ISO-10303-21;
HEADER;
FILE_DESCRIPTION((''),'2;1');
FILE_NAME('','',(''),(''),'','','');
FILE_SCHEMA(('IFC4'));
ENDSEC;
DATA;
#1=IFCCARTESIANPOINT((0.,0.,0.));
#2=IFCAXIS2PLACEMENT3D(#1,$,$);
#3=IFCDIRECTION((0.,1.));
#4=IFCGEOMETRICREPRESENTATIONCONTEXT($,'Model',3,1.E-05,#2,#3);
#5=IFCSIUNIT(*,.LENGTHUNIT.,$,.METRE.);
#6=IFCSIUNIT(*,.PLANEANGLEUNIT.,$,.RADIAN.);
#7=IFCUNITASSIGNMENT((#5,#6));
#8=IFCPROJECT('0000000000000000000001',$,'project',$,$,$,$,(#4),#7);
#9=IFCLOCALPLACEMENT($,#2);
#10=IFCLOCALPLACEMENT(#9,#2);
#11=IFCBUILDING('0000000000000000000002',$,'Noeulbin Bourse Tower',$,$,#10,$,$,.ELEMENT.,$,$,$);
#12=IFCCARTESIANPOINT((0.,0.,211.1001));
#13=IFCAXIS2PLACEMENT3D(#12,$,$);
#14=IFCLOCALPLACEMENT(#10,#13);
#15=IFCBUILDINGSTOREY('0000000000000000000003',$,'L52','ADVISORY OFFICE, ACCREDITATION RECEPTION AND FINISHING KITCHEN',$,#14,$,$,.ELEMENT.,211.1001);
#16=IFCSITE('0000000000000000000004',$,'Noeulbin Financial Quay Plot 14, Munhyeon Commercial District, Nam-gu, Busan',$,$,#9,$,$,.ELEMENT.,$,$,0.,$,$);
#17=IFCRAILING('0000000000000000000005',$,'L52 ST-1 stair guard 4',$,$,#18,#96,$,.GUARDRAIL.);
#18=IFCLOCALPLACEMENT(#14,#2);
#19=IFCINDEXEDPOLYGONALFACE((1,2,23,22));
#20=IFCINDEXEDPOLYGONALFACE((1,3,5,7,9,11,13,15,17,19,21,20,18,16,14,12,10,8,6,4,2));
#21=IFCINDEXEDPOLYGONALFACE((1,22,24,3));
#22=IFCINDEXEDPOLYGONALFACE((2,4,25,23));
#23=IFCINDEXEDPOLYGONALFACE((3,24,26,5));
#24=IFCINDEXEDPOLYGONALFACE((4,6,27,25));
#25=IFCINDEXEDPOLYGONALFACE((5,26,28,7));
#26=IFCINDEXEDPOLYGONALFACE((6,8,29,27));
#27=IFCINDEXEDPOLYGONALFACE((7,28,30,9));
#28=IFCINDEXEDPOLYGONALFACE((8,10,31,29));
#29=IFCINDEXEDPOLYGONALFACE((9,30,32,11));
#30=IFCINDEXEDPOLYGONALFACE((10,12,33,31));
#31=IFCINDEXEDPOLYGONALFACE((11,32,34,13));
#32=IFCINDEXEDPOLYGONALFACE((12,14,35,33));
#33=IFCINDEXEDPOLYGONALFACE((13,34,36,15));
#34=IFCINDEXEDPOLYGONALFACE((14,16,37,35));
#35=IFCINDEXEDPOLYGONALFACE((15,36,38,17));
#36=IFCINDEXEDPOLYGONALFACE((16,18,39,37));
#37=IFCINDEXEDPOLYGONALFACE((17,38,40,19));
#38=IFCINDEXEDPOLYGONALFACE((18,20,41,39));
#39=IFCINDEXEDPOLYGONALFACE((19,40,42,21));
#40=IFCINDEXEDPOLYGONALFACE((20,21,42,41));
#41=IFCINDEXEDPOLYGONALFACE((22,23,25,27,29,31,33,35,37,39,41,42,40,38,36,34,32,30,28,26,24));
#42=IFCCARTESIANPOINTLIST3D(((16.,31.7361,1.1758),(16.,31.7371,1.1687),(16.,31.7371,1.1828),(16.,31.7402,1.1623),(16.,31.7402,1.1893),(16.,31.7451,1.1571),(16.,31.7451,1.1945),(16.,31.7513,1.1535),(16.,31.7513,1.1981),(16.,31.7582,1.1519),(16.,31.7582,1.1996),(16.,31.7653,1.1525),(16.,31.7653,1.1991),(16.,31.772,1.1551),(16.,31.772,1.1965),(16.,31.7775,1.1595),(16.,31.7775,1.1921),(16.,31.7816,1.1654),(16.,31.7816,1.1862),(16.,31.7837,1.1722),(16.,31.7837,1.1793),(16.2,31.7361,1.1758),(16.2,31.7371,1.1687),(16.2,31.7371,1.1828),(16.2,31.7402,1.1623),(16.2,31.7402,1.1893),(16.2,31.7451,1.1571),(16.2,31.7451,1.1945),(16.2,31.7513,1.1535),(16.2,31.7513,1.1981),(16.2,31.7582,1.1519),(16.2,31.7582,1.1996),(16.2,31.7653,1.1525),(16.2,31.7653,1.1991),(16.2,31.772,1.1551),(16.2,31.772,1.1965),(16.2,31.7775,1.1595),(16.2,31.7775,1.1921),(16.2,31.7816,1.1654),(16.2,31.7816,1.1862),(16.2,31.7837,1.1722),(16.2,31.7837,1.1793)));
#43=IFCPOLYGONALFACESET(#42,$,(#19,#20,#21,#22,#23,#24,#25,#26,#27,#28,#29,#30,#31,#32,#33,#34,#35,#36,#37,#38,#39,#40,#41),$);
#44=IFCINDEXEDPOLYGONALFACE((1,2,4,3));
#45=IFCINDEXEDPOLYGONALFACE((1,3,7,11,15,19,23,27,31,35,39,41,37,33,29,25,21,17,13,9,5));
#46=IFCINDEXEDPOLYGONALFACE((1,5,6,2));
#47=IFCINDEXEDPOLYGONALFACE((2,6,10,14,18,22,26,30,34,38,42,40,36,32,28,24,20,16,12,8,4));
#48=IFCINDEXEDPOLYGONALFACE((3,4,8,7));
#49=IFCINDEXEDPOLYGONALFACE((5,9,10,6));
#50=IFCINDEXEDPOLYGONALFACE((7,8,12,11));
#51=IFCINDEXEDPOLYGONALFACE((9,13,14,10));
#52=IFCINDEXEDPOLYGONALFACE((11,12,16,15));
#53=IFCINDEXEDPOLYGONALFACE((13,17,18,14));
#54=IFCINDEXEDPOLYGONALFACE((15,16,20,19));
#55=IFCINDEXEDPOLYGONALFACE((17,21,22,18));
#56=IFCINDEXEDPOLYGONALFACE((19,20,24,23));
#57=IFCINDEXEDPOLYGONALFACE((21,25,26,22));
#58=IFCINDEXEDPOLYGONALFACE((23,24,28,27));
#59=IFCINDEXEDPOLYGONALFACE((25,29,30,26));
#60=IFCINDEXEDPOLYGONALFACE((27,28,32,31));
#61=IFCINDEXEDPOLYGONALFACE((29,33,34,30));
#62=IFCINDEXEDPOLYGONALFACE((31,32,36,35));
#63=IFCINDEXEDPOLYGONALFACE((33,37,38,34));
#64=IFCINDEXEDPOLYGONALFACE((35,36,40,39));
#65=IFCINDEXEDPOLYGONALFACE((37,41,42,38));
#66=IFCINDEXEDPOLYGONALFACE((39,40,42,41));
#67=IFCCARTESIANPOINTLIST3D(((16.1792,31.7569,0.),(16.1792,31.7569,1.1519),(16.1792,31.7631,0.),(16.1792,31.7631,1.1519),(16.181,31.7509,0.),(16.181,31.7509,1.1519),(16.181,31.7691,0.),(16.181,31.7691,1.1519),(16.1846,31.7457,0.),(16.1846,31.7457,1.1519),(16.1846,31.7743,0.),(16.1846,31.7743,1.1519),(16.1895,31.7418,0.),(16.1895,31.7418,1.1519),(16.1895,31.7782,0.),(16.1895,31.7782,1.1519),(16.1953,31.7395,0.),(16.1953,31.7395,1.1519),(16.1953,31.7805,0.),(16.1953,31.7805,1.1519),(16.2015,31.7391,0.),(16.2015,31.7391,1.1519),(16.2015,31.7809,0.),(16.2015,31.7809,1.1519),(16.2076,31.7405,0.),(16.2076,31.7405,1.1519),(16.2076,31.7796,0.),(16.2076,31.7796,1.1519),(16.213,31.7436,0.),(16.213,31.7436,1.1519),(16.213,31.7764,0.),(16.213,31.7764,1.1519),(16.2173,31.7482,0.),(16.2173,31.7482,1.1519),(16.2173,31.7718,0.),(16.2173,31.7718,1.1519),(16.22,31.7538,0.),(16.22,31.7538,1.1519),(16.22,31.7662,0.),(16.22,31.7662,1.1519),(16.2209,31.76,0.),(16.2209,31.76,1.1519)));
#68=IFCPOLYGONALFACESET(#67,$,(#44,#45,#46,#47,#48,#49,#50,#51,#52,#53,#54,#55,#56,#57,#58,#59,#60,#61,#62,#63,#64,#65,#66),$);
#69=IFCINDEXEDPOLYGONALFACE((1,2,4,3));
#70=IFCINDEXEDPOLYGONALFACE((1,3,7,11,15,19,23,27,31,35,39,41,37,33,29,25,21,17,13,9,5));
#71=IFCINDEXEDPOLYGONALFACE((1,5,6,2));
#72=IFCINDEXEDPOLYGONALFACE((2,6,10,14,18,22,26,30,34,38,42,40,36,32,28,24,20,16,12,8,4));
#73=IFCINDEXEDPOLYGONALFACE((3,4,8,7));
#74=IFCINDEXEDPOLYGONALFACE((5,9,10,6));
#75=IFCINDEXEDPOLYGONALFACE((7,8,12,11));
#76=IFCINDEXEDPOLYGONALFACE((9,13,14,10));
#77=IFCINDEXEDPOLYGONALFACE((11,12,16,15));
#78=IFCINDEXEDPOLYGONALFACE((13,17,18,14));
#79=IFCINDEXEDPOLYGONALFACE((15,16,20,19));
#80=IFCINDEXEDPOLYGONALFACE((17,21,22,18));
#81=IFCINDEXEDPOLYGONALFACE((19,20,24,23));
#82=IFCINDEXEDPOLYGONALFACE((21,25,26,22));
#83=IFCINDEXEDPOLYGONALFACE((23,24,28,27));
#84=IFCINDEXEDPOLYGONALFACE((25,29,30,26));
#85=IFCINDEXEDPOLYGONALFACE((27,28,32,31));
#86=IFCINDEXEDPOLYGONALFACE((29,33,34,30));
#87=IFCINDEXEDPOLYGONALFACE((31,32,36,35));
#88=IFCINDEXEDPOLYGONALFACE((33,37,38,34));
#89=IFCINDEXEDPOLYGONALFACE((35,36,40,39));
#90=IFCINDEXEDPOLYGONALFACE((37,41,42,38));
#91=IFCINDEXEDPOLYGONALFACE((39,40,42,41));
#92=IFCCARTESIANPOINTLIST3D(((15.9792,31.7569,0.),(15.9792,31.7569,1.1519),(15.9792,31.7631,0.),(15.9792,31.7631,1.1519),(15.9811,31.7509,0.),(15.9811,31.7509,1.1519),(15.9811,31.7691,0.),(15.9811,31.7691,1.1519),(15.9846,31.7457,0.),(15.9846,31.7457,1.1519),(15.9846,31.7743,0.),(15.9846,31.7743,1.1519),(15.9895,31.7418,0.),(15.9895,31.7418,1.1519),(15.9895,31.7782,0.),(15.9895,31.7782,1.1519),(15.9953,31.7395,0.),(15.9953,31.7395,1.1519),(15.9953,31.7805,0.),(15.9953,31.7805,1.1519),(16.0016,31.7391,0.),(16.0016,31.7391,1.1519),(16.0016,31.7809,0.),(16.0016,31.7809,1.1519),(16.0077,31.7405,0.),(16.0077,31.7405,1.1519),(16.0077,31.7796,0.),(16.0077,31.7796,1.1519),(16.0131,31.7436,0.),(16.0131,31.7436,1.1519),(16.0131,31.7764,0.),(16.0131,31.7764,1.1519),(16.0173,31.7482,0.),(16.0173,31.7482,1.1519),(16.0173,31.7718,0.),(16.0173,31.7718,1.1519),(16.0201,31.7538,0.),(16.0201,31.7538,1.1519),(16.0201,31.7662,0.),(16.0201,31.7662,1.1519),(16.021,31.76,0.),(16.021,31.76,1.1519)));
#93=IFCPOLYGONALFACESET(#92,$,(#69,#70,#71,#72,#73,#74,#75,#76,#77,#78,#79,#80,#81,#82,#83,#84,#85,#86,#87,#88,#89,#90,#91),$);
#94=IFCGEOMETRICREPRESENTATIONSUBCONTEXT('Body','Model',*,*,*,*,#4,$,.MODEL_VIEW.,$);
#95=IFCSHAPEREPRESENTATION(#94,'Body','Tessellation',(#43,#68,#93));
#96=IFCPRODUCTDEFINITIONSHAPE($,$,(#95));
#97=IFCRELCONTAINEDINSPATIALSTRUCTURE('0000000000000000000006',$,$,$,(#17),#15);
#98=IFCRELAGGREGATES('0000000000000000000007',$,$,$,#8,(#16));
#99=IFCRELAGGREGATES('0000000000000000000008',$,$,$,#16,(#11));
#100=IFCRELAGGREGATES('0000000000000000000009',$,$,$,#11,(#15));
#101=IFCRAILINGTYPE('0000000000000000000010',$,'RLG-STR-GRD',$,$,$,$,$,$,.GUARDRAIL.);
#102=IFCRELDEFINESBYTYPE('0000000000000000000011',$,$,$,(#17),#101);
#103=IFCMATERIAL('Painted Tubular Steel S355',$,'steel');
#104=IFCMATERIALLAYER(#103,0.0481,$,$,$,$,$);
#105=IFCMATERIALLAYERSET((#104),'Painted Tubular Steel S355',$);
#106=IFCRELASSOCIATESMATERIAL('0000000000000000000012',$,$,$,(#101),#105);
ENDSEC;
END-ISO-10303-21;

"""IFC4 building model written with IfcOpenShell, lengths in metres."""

from ifc_helpers import new_model, si_unit, direction, frame, origin, origin_2d, place, context, subcontext, project, spatial, circle, extrude, material, layer, layer_set, type_object, element, save


model = new_model("IFC4")

# Units and contexts
model_context = context("Model", 3, precision=1e-05, world=origin(), true_north=direction((0.0, 1.0)))
body_context = subcontext(model_context, "Body", "Model", "MODEL_VIEW")
ifc_project = project(units=[si_unit("LENGTHUNIT", "METRE"), si_unit("PLANEANGLEUNIT", "RADIAN")], contexts=[model_context])

# Site, building, storey
site_placement = place(None, origin())
site = spatial("IfcSite", under=ifc_project, at=site_placement, Name="Noeulbin Financial Quay Plot 14, Munhyeon Commercial District, Nam-gu, Busan", CompositionType="ELEMENT", RefElevation=0.0)
building_placement = place(site_placement, origin())
building = spatial("IfcBuilding", under=site, at=building_placement, Name="Noeulbin Bourse Tower", CompositionType="ELEMENT")
storey_placement = place(building_placement, frame((0.0, 0.0, 211.1001)))
storey = spatial("IfcBuildingStorey", under=building, at=storey_placement, Name="L52", Description="ADVISORY OFFICE, ACCREDITATION RECEPTION AND FINISHING KITCHEN", CompositionType="ELEMENT", Elevation=211.1001)

# Railing
ifc_material_1 = material(Name="Painted Tubular Steel S355", Category="steel")
ifc_layer_1 = layer(ifc_material_1, 0.0481)
ifc_layer_set_1 = layer_set([ifc_layer_1], Name="Painted Tubular Steel S355")
railing_type_1 = type_object("IfcRailingType", Name="RLG-STR-GRD", PredefinedType="GUARDRAIL", material=ifc_layer_set_1)
railing_1_placement = place(storey_placement, frame((16.2, 31.76, 0.0)))
element("IfcRailing", 1, at=railing_1_placement, inside=storey, type_object=railing_type_1, Name="L52 ST-1 stair guard 4", PredefinedType="GUARDRAIL", context=body_context, shape_type="SweptSolid", body=[
    extrude(circle(Radius=0.0239, at=origin_2d()), frame((0.0, 0.0, 1.1758), z_axis=(-1.0, 0.0, 0.0), x_axis=(0.0, -1.0, 0.0)), (0.0, 0.0, 1.0), 0.2),
    extrude(circle(Radius=0.021, at=origin_2d()), origin(), (0.0, 0.0, 1.0), 1.1519),
    extrude(circle(Radius=0.021, at=origin_2d()), frame((-0.2, 0.0, 0.0)), (0.0, 0.0, 1.0), 1.1519),
])

save(model, "model.ifc")
